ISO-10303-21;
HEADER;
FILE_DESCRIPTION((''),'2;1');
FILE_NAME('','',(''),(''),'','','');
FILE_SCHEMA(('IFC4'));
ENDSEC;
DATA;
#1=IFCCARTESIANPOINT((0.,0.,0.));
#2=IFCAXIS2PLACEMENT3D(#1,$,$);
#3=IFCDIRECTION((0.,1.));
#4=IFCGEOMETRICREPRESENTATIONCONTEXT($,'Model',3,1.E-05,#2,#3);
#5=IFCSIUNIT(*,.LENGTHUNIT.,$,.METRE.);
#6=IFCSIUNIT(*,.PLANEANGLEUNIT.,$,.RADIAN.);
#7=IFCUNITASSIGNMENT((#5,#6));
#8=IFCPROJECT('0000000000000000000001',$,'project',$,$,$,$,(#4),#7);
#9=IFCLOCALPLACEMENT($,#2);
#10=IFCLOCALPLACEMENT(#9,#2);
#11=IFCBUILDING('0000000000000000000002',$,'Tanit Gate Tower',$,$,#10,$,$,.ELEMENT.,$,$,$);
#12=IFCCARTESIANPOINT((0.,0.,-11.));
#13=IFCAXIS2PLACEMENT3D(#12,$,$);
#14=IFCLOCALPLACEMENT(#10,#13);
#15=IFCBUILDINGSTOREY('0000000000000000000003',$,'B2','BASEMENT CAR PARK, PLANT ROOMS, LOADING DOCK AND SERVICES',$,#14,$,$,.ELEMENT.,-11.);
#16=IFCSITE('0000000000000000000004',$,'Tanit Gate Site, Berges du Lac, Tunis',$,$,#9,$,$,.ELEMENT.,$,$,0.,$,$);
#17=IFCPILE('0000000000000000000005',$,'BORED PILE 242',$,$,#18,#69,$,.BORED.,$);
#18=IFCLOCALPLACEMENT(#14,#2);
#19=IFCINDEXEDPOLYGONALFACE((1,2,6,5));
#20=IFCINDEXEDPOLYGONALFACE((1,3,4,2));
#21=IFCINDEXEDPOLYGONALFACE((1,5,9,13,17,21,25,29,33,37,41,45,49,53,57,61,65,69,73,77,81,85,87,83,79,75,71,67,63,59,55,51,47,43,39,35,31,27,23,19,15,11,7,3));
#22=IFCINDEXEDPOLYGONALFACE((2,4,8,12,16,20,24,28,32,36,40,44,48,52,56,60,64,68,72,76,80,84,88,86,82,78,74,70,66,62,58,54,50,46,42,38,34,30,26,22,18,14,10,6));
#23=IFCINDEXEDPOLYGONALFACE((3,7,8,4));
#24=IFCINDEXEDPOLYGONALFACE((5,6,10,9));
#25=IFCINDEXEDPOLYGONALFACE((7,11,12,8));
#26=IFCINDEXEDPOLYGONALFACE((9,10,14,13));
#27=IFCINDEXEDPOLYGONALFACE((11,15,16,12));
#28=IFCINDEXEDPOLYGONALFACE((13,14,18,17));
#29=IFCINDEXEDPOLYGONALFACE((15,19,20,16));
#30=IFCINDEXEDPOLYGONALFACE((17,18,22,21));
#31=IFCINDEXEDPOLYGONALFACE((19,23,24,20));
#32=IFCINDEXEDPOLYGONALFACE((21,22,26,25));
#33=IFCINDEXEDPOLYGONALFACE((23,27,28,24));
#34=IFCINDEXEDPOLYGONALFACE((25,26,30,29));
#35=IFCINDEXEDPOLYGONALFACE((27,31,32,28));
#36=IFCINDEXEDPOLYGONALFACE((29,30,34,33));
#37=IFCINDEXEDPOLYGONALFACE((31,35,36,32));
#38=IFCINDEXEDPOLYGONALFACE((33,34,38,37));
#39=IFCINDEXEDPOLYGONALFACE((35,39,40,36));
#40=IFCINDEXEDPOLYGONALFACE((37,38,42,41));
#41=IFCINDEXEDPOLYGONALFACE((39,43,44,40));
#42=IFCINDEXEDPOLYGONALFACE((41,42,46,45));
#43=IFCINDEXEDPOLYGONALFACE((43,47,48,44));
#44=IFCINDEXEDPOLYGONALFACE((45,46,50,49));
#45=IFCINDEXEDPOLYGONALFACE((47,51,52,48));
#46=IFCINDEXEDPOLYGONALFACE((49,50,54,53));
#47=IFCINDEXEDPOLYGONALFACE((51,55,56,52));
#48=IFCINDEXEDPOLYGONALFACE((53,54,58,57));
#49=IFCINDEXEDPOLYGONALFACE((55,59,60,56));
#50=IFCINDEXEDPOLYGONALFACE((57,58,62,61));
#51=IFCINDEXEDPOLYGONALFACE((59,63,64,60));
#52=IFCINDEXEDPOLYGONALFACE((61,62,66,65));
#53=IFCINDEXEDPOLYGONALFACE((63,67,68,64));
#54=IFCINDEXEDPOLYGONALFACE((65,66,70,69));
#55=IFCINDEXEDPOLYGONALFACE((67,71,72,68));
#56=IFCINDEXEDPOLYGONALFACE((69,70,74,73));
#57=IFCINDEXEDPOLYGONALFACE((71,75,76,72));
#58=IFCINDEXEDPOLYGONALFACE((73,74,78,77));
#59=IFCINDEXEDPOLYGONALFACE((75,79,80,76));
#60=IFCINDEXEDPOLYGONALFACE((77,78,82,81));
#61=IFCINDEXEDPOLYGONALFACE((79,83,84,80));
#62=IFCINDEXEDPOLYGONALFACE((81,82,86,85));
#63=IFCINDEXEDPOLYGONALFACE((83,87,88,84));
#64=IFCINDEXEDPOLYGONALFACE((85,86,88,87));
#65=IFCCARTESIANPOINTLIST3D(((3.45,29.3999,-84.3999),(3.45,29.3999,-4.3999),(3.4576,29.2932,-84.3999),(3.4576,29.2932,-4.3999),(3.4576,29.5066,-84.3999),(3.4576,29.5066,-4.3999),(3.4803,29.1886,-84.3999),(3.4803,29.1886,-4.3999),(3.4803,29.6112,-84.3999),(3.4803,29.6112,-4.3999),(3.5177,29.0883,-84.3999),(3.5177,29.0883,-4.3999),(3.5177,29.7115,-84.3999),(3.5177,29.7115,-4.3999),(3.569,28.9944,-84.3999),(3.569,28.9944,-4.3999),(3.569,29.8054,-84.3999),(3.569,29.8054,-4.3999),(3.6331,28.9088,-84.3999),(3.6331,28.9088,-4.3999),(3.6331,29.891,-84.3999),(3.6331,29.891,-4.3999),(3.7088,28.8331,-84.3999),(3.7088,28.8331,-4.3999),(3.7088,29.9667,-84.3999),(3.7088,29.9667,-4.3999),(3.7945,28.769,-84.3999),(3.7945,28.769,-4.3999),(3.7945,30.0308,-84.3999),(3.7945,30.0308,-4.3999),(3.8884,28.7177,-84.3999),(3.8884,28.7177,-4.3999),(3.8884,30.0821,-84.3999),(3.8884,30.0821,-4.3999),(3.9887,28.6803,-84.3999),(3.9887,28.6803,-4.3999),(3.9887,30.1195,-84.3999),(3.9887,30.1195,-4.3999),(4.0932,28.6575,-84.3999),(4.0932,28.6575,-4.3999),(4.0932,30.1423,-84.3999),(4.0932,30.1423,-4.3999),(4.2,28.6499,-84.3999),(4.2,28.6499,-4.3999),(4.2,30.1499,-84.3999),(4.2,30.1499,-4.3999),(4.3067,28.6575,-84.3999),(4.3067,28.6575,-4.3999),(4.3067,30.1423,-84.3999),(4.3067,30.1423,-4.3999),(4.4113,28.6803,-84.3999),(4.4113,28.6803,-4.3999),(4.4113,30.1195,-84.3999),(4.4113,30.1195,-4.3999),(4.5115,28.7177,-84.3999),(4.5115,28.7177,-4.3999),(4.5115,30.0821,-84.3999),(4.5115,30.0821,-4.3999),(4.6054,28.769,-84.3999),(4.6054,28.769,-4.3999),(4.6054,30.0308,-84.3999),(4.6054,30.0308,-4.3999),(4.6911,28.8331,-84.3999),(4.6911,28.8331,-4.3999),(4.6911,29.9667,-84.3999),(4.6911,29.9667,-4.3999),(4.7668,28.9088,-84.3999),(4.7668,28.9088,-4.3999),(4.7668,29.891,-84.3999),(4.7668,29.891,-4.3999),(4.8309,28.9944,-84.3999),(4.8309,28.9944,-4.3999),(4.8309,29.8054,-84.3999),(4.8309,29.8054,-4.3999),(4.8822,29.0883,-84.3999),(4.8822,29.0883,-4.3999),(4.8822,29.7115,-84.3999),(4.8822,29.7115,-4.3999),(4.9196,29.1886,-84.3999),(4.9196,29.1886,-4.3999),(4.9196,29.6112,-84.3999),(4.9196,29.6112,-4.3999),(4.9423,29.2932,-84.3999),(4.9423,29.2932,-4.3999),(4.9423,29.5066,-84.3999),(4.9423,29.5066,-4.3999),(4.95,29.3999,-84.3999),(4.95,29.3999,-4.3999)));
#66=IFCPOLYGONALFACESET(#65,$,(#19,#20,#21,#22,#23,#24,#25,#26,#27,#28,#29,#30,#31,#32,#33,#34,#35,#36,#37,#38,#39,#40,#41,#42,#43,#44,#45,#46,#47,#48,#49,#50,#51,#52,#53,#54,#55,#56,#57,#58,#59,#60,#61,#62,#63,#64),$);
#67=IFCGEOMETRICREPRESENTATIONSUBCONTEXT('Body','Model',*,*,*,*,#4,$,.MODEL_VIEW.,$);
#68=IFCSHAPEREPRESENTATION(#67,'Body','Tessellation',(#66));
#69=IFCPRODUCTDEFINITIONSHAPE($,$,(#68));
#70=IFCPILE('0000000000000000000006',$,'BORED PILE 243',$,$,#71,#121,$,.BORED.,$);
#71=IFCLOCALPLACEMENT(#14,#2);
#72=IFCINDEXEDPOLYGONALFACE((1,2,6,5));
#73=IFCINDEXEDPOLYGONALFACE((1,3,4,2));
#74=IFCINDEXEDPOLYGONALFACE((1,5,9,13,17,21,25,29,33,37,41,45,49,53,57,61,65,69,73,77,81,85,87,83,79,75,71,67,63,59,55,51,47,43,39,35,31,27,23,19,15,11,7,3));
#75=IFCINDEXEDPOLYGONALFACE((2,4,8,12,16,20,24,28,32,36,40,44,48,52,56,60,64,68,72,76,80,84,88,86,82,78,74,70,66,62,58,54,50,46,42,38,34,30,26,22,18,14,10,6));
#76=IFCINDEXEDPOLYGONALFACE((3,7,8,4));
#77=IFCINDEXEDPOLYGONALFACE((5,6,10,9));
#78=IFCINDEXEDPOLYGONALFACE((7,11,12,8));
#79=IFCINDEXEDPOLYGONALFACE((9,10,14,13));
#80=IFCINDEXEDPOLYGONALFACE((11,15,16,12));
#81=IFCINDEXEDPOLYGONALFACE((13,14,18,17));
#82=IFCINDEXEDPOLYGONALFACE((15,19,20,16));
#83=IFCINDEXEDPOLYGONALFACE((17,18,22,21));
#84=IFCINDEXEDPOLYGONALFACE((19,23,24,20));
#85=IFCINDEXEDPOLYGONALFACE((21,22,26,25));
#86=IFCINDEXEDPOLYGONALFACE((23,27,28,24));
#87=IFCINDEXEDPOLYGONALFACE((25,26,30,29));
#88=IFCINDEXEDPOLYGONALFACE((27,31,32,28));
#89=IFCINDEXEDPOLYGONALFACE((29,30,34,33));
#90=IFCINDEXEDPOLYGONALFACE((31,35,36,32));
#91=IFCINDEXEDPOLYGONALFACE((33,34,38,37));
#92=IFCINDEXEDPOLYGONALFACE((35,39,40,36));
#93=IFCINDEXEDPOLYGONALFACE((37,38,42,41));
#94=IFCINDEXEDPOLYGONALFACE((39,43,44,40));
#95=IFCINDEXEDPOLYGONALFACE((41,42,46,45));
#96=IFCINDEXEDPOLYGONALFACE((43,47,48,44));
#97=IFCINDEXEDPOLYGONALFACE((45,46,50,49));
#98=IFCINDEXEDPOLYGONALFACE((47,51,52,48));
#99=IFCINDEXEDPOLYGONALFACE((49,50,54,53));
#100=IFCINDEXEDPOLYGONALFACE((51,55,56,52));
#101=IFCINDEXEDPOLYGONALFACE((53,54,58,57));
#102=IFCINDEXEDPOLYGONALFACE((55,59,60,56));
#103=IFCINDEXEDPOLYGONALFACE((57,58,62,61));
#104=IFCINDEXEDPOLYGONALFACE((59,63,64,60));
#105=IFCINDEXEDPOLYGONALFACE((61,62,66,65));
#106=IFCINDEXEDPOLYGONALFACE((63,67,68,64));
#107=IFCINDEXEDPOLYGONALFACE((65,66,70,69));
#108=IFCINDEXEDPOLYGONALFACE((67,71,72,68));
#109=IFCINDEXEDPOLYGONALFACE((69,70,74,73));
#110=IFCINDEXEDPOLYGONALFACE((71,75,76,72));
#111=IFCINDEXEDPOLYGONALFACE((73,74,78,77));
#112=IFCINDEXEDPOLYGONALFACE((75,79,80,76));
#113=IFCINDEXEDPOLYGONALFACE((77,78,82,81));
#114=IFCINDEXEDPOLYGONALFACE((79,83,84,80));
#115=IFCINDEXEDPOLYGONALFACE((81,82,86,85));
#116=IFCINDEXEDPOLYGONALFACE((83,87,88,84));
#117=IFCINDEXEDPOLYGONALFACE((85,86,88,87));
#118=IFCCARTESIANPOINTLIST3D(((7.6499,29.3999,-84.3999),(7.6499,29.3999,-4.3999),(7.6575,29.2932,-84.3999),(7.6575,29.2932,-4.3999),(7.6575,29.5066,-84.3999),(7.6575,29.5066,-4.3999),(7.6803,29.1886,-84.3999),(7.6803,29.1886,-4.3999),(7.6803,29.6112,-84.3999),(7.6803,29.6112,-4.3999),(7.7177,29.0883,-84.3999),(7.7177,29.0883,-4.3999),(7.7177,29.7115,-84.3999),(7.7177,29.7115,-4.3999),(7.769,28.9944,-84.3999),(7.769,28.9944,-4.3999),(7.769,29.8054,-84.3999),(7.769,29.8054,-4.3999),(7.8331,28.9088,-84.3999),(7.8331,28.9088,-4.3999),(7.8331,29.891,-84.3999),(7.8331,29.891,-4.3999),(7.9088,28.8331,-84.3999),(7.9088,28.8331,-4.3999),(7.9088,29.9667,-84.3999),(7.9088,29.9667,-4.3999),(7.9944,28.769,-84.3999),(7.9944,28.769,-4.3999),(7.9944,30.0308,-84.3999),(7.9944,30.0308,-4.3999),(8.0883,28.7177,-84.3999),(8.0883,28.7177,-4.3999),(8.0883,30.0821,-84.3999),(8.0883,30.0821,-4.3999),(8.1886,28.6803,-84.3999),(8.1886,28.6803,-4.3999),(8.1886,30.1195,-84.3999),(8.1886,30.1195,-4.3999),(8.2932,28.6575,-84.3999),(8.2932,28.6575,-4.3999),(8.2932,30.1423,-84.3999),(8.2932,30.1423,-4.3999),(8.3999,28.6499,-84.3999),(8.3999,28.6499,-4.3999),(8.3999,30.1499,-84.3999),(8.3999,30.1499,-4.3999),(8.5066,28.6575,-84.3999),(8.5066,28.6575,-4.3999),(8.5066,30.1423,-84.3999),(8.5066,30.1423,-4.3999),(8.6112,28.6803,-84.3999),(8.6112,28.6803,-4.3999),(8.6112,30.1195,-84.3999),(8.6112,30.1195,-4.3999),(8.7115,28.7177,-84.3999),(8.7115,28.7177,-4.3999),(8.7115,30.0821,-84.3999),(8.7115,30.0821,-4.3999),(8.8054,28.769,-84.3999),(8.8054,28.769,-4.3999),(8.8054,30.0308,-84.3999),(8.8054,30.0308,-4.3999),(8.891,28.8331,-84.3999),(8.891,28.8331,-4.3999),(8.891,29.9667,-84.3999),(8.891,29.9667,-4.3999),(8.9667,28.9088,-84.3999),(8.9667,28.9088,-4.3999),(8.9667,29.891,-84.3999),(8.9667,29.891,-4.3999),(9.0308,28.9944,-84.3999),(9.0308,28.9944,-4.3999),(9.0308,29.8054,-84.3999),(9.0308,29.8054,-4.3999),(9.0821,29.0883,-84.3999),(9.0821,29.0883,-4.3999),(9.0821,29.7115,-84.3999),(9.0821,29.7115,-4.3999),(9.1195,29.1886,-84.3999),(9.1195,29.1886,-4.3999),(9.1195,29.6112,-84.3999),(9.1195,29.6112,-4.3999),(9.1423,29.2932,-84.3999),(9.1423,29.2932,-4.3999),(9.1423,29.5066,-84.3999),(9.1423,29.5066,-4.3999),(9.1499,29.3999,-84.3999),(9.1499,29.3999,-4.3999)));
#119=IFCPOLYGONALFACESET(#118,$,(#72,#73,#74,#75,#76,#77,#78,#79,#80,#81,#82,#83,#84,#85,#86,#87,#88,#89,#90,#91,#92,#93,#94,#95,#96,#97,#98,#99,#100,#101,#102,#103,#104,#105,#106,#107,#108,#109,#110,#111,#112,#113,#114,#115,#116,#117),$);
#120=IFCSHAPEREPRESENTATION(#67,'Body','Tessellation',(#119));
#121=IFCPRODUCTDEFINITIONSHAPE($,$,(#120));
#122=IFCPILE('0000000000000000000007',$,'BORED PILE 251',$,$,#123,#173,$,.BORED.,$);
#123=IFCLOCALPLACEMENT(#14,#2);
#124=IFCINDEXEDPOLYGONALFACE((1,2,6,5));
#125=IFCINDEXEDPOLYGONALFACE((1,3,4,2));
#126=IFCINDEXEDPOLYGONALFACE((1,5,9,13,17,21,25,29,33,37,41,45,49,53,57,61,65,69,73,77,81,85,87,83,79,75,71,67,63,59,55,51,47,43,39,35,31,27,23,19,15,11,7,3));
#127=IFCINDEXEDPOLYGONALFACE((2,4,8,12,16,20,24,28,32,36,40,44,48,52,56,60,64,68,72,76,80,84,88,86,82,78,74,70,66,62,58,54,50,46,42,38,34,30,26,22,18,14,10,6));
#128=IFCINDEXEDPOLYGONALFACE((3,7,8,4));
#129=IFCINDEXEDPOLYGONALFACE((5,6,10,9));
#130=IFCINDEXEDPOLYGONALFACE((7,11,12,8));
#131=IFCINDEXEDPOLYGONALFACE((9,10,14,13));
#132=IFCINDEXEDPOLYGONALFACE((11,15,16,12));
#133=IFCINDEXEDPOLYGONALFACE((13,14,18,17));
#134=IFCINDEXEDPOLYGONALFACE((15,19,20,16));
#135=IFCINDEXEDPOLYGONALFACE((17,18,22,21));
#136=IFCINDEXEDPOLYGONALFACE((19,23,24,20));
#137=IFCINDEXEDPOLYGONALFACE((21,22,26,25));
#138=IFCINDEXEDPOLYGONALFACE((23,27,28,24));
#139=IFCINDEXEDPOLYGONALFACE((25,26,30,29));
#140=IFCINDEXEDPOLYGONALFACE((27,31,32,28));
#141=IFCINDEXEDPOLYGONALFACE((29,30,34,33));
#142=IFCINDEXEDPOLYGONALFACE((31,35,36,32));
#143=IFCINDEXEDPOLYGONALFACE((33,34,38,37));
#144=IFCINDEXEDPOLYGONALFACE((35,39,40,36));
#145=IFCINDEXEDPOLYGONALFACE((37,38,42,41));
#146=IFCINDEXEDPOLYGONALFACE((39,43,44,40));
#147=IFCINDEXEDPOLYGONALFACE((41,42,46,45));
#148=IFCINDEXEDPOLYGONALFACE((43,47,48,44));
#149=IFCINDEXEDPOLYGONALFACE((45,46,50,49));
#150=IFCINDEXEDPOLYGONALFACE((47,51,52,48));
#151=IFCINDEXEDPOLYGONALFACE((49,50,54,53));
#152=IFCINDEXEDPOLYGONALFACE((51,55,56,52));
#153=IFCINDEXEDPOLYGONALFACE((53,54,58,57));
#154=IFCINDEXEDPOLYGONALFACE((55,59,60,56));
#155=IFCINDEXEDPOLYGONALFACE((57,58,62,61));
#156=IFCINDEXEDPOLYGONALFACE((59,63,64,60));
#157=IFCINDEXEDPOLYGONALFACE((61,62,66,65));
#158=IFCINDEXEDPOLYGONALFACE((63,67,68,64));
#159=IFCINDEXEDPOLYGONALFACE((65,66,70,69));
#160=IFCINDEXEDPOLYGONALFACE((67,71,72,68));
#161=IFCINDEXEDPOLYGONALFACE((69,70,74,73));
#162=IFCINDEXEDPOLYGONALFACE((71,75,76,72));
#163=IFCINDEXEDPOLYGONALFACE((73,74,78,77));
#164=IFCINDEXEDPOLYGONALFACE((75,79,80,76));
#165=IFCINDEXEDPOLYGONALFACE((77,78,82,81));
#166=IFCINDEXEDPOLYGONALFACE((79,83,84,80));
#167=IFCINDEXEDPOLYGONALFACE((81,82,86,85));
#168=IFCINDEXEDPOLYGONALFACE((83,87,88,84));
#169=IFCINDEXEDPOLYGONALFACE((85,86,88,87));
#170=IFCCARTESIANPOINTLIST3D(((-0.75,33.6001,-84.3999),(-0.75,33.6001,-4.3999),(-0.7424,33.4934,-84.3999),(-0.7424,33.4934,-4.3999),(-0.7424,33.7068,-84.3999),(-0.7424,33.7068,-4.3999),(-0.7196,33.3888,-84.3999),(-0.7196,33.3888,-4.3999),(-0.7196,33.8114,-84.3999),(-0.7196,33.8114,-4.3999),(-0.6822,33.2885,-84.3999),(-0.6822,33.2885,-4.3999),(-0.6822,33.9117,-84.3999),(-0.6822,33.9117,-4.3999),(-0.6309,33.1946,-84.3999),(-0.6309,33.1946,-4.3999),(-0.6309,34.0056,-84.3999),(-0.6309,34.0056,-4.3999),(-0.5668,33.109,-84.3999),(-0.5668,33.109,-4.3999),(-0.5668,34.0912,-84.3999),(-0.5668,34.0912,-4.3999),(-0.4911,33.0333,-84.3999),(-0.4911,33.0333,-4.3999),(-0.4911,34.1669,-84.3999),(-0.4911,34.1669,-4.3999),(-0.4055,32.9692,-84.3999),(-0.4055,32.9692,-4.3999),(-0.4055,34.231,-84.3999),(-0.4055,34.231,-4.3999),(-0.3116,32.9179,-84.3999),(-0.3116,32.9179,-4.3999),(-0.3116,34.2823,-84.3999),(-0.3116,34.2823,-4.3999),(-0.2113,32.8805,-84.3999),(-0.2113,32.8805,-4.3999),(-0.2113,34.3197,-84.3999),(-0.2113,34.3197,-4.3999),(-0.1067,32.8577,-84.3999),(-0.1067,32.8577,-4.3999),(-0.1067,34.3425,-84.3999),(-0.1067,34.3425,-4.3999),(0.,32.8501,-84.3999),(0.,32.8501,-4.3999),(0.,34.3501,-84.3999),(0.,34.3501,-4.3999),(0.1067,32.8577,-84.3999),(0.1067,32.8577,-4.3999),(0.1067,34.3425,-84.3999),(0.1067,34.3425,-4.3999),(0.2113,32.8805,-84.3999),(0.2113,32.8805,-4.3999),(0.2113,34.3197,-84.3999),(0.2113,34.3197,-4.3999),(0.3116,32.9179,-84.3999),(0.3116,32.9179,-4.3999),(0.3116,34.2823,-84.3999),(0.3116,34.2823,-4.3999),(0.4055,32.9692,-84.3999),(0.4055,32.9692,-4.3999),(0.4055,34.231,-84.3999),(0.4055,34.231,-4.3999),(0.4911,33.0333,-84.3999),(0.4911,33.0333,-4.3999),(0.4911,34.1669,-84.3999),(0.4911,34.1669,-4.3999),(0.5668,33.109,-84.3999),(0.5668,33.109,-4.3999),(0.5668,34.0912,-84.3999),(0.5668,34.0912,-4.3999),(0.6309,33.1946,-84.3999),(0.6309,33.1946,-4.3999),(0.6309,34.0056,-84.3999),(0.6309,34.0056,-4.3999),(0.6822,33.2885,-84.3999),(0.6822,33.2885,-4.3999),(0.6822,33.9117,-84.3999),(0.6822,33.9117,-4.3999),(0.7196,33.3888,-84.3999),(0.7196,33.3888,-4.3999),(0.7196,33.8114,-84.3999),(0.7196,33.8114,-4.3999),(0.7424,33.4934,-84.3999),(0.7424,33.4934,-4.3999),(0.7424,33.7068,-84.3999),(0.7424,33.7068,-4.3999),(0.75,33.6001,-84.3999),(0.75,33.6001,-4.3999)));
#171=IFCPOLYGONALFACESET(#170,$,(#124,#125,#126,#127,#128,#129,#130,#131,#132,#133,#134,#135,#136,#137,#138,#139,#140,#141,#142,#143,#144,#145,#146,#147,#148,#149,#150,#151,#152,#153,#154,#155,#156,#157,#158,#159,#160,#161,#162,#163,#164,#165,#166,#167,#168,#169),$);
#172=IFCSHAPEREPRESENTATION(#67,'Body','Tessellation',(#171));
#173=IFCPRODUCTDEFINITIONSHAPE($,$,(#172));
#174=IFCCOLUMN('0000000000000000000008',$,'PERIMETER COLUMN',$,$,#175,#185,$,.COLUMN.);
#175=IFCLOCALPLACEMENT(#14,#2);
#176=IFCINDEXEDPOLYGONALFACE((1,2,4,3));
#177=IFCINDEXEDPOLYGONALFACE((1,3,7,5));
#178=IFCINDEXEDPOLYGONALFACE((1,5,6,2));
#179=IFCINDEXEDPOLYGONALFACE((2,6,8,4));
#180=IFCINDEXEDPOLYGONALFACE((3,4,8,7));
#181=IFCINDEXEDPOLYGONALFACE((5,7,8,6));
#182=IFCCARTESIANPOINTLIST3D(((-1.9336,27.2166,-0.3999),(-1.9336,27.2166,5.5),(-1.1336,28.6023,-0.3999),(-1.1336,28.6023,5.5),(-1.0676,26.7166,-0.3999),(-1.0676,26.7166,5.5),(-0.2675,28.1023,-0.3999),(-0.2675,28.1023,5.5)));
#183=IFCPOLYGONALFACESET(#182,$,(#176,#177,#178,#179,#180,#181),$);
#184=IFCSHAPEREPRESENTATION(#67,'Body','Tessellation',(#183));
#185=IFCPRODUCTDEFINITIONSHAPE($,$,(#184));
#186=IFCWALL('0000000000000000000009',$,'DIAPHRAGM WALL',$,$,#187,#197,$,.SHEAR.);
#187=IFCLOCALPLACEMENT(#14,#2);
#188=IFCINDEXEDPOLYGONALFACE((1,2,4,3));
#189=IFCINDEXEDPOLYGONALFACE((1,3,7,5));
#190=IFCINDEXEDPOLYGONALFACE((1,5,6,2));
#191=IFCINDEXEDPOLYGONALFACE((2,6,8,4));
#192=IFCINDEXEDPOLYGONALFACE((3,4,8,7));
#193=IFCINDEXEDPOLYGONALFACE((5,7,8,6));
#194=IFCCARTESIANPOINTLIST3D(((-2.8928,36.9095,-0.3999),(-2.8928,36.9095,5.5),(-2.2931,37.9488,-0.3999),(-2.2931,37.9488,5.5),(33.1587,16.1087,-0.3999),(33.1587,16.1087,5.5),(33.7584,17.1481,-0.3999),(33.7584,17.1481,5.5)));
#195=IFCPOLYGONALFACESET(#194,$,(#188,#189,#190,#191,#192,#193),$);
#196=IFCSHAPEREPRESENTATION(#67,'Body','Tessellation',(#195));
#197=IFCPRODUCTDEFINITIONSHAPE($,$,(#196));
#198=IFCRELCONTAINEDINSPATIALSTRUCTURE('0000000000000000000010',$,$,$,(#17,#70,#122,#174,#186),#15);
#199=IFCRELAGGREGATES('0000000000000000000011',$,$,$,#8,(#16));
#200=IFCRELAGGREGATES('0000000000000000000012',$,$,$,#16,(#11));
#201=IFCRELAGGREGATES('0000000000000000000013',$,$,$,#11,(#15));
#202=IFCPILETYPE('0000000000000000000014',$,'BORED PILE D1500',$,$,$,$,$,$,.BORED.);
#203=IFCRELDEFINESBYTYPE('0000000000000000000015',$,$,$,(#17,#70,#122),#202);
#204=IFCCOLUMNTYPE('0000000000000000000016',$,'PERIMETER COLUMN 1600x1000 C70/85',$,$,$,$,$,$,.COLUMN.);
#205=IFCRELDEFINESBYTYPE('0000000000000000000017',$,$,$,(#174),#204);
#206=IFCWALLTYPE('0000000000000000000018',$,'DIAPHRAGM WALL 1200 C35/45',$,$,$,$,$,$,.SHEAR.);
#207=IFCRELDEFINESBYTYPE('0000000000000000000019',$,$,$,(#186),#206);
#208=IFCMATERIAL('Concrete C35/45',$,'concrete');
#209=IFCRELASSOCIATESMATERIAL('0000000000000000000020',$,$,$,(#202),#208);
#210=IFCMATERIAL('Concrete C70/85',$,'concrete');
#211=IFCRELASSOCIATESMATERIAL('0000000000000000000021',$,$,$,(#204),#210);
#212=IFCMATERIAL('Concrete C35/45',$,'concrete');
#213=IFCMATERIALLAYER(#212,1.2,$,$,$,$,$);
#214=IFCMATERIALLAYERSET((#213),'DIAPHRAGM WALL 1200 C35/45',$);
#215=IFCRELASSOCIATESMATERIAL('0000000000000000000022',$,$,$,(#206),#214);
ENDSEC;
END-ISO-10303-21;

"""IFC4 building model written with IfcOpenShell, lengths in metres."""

from ifc_helpers import new_model, si_unit, direction, frame, frame_2d, origin, origin_2d, place, context, subcontext, project, spatial, rectangle, circle, extrude, material, layer, layer_set, material_profile, profile_set, type_object, element, save


model = new_model("IFC4")

# Units and contexts
model_context = context("Model", 3, precision=1e-05, world=origin(), true_north=direction((0.0, 1.0)))
body_context = subcontext(model_context, "Body", "Model", "MODEL_VIEW")
ifc_project = project(units=[si_unit("LENGTHUNIT", "METRE"), si_unit("PLANEANGLEUNIT", "RADIAN")], contexts=[model_context])

# Site, building, storey
site_placement = place(None, origin())
site = spatial("IfcSite", under=ifc_project, at=site_placement, Name="Tanit Gate Site, Berges du Lac, Tunis", CompositionType="ELEMENT", RefElevation=0.0)
building_placement = place(site_placement, origin())
building = spatial("IfcBuilding", under=site, at=building_placement, Name="Tanit Gate Tower", CompositionType="ELEMENT")
storey_placement = place(building_placement, frame((0.0, 0.0, -11.0)))
storey = spatial("IfcBuildingStorey", under=building, at=storey_placement, Name="B2", Description="BASEMENT CAR PARK, PLANT ROOMS, LOADING DOCK AND SERVICES", CompositionType="ELEMENT", Elevation=-11.0)

# Piles
ifc_material_1 = material(Name="Concrete C35/45", Category="concrete")
ifc_material_profile_1 = material_profile(ifc_material_1, circle(Radius=0.75, at=origin_2d()), Name="BORED PILE D1500 C35/45")
ifc_profile_set_1 = profile_set([ifc_material_profile_1], Name="Concrete C35/45")
pile_type = type_object("IfcPileType", Name="BORED PILE D1500", PredefinedType="BORED", material=ifc_profile_set_1)
for number, where, z_axis, x_axis, name in (
    (1, (4.2, 29.3999, -4.3999), (0.0, 0.0, -1.0), (1.0, 0.0, 0.0), "BORED PILE 242"),
    (2, (8.3999, 29.3999, -4.3999), (0.0, 0.0, -1.0), (1.0, 0.0, 0.0), "BORED PILE 243"),
    (3, (0.0, 33.6001, -4.3999), (0.0, 0.0, -1.0), (1.0, 0.0, 0.0), "BORED PILE 251"),
):
    element("IfcPile", number, at=place(storey_placement, frame(where, z_axis=z_axis, x_axis=x_axis)), inside=storey, type_object=pile_type, Name=name, PredefinedType="BORED", context=body_context, shape_type="SweptSolid", body=[
        extrude(circle(Radius=0.75, at=origin_2d()), origin(), (0.0, 0.0, 1.0), 80.0),
    ])

# Column
ifc_material_2 = material(Name="Concrete C70/85", Category="concrete")
ifc_material_profile_2 = material_profile(ifc_material_2, rectangle(XDim=1.6001, YDim=1.0, at=origin_2d()), Name="RC 1600x1000")
ifc_profile_set_2 = profile_set([ifc_material_profile_2], Name="Concrete C70/85")
column_type = type_object("IfcColumnType", Name="PERIMETER COLUMN 1600x1000 C70/85", PredefinedType="COLUMN", material=ifc_profile_set_2)
column_placement = place(storey_placement, frame((-1.1006, 27.6594, -0.3999), z_axis=(0.0, 0.0, 1.0), x_axis=(0.5, 0.866025, 0.0)))
element("IfcColumn", 4, at=column_placement, inside=storey, type_object=column_type, Name="PERIMETER COLUMN", PredefinedType="COLUMN", context=body_context, shape_type="SweptSolid", body=[
    extrude(rectangle(XDim=1.6001, YDim=1.0, at=origin_2d()), origin(), (0.0, 0.0, 1.0), 5.8999),
])

# Wall
ifc_material_3 = material(Name="Concrete C35/45", Category="concrete")
ifc_layer_1 = layer(ifc_material_3, 1.2)
ifc_layer_set_1 = layer_set([ifc_layer_1], Name="DIAPHRAGM WALL 1200 C35/45")
wall_type_1 = type_object("IfcWallType", Name="DIAPHRAGM WALL 1200 C35/45", PredefinedType="SHEAR", material=ifc_layer_set_1)
wall_1_placement = place(storey_placement, frame((-2.593, 37.4292, -0.3999), z_axis=(0.0, 0.0, 1.0), x_axis=(0.866167, -0.499755, 0.0)))
element("IfcWall", 5, at=wall_1_placement, inside=storey, type_object=wall_type_1, Name="DIAPHRAGM WALL", PredefinedType="SHEAR", context=body_context, shape_type="SweptSolid", body=[
    extrude(rectangle(XDim=41.6218, YDim=1.2, at=frame_2d((20.811, 0.0))), origin(), (0.0, 0.0, 1.0), 5.8999),
])

save(model, "model.ifc")
